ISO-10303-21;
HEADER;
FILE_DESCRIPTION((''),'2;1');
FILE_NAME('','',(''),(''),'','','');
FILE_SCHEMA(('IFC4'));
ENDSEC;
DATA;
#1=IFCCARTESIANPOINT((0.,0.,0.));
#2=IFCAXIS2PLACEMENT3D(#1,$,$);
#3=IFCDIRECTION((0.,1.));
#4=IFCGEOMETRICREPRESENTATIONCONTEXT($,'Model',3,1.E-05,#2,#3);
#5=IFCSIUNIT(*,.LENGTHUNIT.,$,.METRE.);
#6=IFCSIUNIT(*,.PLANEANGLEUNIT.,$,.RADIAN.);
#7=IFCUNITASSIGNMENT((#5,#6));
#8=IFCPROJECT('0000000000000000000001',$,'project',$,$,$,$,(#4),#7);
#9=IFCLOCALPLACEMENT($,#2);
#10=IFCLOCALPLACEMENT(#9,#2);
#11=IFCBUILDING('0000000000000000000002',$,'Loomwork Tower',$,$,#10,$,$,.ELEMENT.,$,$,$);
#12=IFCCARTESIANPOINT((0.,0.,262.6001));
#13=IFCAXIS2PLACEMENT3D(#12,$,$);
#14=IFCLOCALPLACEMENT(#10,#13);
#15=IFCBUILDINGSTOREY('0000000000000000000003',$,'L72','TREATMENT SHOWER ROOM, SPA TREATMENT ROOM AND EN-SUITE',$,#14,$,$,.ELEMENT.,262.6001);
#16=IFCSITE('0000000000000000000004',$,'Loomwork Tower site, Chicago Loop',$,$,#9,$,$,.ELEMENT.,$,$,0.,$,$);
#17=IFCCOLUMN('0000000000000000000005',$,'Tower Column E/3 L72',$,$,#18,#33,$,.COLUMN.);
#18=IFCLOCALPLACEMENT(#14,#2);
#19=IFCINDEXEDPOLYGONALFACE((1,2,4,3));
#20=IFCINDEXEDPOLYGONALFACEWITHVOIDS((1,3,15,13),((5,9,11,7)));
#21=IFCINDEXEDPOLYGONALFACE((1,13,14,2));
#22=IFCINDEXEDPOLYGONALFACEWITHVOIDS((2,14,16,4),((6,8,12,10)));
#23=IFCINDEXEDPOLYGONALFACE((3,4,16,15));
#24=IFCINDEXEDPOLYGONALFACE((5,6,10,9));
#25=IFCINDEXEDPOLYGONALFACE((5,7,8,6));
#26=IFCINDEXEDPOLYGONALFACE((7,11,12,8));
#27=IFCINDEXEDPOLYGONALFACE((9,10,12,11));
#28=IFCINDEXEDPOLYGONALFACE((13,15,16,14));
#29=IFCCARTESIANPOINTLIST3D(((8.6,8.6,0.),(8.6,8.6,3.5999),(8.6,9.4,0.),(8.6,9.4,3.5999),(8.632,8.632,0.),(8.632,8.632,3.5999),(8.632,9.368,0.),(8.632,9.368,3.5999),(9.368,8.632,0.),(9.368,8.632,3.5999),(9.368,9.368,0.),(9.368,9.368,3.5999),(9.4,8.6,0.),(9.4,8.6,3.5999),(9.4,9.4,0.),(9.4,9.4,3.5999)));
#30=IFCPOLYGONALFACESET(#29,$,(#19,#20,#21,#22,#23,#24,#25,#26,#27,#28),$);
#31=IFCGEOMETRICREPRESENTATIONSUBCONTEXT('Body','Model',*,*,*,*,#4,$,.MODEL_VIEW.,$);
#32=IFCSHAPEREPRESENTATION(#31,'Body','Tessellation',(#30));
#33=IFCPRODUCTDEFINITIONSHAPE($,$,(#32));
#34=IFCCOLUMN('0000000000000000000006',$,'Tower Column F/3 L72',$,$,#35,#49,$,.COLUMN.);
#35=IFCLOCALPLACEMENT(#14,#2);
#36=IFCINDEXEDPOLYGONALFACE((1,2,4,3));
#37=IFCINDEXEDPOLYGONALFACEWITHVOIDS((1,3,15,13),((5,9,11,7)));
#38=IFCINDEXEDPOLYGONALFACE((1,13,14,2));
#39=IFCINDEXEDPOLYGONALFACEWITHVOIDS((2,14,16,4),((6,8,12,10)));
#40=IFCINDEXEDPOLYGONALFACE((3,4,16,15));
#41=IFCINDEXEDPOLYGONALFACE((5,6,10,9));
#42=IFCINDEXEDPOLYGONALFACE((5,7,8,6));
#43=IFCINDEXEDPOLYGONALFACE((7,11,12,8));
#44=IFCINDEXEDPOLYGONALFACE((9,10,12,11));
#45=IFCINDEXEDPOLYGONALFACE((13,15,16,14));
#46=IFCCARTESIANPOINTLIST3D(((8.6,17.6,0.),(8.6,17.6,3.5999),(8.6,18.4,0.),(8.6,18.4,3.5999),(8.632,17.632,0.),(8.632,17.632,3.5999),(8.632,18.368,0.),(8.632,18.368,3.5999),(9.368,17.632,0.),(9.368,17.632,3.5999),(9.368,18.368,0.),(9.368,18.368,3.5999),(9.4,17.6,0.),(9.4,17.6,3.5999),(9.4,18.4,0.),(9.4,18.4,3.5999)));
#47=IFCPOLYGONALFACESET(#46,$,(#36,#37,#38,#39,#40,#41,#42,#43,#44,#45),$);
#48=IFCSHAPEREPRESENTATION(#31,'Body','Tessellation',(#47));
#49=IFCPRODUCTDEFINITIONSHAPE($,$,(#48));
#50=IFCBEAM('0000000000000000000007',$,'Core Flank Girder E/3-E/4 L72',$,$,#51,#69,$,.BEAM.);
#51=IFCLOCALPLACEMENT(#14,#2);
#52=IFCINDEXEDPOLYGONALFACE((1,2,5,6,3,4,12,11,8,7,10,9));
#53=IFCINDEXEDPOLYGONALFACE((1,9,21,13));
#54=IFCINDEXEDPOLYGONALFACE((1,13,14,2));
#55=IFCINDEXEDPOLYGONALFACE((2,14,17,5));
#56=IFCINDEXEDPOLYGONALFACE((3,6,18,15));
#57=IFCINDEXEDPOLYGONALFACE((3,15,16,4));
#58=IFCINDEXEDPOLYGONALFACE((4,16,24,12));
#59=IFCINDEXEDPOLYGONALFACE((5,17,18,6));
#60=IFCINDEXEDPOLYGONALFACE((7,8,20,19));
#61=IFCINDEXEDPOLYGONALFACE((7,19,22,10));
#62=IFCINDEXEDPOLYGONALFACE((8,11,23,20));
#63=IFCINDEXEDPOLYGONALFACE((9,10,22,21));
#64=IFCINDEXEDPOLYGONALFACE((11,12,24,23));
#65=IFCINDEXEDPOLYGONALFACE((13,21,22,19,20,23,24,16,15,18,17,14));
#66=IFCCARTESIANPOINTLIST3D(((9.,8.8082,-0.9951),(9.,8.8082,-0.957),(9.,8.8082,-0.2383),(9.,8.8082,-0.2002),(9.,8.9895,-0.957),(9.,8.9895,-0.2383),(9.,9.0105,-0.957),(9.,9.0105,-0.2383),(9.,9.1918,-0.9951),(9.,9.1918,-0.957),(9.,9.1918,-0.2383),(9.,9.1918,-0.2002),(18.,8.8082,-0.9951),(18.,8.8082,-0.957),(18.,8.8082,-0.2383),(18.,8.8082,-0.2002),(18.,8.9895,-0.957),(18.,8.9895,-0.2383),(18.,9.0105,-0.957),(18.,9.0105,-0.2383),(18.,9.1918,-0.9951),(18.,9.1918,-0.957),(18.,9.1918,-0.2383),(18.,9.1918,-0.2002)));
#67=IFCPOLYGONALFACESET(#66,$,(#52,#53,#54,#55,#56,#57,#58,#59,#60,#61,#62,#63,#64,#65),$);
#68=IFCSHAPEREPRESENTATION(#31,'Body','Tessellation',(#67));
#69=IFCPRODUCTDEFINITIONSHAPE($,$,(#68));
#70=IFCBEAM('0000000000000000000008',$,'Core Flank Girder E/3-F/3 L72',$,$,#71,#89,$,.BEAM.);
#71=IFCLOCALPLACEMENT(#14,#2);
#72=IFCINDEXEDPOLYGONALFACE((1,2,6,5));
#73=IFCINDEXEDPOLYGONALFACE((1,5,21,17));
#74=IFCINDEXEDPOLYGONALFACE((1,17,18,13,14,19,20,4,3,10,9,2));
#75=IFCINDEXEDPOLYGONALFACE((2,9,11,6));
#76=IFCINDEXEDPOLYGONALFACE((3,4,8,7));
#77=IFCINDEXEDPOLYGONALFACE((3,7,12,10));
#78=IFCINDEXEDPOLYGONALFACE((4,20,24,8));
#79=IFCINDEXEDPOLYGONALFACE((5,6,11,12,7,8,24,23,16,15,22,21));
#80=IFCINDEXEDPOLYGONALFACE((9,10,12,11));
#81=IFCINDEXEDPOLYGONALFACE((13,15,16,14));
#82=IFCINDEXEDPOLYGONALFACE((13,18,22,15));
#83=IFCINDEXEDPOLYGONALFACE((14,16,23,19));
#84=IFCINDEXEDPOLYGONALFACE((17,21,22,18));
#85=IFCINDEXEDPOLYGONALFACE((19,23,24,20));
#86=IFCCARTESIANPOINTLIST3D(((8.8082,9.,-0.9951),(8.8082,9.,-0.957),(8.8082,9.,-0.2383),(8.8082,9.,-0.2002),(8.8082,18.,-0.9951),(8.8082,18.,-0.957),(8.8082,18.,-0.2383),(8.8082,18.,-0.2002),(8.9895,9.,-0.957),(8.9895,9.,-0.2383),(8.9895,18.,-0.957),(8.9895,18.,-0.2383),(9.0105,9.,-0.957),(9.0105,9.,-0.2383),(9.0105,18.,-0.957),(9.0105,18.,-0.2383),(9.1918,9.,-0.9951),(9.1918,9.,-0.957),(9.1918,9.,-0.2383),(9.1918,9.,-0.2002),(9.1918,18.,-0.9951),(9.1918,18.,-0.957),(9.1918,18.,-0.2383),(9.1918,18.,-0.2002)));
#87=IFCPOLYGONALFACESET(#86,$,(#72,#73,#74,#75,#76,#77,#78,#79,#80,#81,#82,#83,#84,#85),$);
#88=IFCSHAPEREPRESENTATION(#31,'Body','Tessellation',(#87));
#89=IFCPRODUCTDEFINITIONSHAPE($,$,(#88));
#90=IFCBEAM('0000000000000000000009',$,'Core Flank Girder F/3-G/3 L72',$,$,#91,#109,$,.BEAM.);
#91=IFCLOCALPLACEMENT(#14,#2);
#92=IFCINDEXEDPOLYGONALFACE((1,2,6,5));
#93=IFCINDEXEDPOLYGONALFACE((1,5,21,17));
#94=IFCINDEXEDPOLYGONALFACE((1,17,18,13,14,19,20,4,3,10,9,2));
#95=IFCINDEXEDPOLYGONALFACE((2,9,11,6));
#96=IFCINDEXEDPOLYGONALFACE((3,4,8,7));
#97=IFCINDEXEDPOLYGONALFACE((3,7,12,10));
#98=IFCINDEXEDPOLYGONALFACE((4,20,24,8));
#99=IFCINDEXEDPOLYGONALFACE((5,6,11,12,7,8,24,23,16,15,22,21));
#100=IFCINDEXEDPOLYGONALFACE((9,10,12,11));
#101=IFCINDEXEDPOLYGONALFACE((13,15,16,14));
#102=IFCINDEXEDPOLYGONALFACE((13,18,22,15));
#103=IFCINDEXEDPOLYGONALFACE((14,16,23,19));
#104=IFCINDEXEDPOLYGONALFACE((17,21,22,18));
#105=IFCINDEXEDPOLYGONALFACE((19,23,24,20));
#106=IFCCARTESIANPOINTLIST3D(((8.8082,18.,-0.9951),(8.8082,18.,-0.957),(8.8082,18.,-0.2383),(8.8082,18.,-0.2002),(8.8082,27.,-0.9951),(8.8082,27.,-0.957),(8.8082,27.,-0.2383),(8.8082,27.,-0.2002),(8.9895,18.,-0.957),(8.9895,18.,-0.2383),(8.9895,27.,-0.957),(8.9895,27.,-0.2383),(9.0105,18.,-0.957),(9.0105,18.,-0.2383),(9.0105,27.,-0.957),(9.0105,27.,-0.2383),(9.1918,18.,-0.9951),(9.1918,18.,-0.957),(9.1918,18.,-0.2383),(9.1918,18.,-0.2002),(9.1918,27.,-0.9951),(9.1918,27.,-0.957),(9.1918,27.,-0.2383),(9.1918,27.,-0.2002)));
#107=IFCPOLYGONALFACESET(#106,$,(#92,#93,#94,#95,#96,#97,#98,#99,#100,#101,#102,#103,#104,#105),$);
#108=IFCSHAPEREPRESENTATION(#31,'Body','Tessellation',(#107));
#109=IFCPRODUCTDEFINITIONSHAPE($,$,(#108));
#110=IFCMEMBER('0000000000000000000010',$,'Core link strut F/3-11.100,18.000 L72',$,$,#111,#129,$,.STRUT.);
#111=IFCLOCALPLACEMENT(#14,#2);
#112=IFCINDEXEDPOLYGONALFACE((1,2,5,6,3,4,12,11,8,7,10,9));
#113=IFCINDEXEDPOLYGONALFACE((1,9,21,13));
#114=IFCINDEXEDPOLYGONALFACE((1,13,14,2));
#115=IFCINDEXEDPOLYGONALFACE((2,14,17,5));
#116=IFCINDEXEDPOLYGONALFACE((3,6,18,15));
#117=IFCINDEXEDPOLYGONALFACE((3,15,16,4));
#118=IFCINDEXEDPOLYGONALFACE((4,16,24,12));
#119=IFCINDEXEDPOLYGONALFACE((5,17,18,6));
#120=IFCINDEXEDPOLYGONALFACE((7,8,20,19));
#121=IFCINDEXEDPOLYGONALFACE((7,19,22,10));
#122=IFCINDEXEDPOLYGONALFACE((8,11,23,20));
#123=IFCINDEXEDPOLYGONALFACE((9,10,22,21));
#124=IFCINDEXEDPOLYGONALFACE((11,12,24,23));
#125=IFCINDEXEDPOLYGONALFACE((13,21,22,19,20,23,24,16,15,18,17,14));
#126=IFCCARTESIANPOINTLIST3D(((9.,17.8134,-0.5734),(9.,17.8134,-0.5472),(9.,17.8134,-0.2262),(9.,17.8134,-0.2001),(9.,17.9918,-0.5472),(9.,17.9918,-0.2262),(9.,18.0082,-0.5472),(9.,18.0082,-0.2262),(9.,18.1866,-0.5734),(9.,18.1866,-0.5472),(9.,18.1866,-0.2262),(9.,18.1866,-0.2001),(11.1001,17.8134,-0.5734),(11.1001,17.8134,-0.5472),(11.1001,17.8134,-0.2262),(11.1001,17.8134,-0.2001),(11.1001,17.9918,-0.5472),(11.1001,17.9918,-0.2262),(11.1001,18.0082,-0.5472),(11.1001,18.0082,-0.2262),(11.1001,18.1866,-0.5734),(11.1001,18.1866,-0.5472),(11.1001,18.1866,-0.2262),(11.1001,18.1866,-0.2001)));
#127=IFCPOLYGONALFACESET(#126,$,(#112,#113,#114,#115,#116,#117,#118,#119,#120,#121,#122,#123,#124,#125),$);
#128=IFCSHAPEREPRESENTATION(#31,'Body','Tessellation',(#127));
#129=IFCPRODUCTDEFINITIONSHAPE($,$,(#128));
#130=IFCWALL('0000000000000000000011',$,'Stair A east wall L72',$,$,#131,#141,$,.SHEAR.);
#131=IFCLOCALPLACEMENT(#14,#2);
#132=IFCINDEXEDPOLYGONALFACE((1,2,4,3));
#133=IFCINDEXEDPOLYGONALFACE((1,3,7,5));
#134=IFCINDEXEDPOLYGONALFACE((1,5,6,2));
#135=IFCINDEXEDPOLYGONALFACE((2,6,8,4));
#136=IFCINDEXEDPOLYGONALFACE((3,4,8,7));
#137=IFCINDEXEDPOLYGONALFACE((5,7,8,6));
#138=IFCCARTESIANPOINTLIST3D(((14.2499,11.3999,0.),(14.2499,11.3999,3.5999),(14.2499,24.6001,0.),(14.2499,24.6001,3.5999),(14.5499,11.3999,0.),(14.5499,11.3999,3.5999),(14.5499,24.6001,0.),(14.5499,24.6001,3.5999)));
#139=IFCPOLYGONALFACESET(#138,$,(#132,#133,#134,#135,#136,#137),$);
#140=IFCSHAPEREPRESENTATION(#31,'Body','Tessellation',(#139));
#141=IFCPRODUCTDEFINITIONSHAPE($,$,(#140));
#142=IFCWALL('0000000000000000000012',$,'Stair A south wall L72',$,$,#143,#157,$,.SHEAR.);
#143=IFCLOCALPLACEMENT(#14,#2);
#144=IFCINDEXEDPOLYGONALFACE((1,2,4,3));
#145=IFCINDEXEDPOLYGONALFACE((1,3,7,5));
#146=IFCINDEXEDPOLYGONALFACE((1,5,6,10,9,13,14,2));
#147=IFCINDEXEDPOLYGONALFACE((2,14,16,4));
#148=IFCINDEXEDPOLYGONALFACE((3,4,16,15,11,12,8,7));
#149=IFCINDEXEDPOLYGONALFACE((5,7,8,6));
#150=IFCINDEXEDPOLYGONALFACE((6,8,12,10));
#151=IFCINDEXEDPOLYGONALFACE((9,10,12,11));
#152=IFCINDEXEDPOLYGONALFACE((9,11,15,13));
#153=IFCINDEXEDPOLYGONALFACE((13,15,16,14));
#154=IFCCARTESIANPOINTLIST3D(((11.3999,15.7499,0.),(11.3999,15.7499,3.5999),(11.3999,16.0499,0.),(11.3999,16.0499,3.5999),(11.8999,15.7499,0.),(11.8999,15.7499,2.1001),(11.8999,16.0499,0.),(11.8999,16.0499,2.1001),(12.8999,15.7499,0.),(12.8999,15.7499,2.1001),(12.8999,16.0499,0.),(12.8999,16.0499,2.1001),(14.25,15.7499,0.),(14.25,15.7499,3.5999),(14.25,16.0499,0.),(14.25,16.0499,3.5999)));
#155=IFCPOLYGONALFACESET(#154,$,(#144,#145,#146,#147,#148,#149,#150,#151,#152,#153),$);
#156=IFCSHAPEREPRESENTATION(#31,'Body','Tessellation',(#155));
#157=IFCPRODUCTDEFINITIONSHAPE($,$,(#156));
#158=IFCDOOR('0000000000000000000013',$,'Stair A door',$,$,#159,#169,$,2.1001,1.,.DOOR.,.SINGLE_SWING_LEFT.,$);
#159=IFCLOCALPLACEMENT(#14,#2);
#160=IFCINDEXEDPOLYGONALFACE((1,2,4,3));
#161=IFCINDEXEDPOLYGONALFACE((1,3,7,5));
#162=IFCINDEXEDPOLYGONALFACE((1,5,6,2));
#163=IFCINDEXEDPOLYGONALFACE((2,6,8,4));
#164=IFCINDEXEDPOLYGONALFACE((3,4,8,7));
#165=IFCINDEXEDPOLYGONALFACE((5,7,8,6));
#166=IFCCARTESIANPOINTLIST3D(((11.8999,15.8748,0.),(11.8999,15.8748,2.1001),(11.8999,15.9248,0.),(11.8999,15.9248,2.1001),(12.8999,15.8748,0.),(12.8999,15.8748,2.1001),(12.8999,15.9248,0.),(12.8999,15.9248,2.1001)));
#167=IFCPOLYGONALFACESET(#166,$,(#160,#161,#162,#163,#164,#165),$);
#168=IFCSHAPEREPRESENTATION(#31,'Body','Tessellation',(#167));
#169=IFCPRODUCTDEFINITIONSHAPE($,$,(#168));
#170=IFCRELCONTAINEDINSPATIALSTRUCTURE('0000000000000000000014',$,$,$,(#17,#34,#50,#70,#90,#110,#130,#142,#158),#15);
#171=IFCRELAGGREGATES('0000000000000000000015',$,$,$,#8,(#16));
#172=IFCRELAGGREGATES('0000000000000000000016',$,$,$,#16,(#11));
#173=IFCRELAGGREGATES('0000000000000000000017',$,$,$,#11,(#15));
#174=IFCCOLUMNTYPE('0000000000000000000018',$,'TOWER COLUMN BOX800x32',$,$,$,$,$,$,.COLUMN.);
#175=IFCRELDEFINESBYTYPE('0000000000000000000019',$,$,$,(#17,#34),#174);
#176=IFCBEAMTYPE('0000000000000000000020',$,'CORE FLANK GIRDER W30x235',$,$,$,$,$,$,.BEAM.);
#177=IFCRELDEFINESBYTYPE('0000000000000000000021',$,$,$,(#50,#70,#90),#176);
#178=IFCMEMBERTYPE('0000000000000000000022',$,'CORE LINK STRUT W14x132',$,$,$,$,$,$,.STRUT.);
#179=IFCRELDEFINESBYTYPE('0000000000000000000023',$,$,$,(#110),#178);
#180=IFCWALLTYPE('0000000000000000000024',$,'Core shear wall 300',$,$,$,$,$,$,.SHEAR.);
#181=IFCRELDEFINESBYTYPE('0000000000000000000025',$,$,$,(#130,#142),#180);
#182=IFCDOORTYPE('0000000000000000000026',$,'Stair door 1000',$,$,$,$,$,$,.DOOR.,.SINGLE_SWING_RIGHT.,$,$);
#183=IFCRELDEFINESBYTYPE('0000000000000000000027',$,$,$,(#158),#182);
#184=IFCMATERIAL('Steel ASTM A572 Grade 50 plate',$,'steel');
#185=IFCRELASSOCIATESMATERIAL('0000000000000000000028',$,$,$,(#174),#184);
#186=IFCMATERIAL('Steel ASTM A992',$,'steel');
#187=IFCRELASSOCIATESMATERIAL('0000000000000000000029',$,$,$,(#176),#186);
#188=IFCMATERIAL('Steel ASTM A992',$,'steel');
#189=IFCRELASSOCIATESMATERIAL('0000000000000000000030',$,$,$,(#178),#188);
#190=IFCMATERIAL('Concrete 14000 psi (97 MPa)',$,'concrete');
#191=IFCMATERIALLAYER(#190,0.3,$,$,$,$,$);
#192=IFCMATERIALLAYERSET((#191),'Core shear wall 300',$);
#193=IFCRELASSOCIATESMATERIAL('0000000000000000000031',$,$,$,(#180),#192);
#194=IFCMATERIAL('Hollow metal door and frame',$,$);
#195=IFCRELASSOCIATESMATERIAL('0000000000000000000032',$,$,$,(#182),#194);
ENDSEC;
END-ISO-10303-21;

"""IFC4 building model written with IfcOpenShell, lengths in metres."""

from ifc_helpers import new_model, si_unit, direction, frame, frame_2d, origin, origin_2d, place, context, subcontext, project, spatial, rectangle, hollow_rectangle, i_section, extrude, material, layer, layer_set, material_profile, profile_set, type_object, element, fill, save


model = new_model("IFC4")

# Units and contexts
model_context = context("Model", 3, precision=1e-05, world=origin(), true_north=direction((0.0, 1.0)))
body_context = subcontext(model_context, "Body", "Model", "MODEL_VIEW")
ifc_project = project(units=[si_unit("LENGTHUNIT", "METRE"), si_unit("PLANEANGLEUNIT", "RADIAN")], contexts=[model_context])

# Site, building, storey
site_placement = place(None, origin())
site = spatial("IfcSite", under=ifc_project, at=site_placement, Name="Loomwork Tower site, Chicago Loop", CompositionType="ELEMENT", RefElevation=0.0)
building_placement = place(site_placement, origin())
building = spatial("IfcBuilding", under=site, at=building_placement, Name="Loomwork Tower", CompositionType="ELEMENT")
storey_placement = place(building_placement, frame((0.0, 0.0, 262.6001)))
storey = spatial("IfcBuildingStorey", under=building, at=storey_placement, Name="L72", Description="TREATMENT SHOWER ROOM, SPA TREATMENT ROOM AND EN-SUITE", CompositionType="ELEMENT", Elevation=262.6001)

# Columns
ifc_material_1 = material(Name="Steel ASTM A572 Grade 50 plate", Category="steel")
ifc_material_profile_1 = material_profile(ifc_material_1, hollow_rectangle(XDim=0.8, YDim=0.8, WallThickness=0.032, at=origin_2d()), Name="BOX800x32")
ifc_profile_set_1 = profile_set([ifc_material_profile_1], Name="Steel ASTM A572 Grade 50 plate")
column_type = type_object("IfcColumnType", Name="TOWER COLUMN BOX800x32", PredefinedType="COLUMN", material=ifc_profile_set_1)
for number, where, z_axis, x_axis, name in (
    (1, (9.0, 9.0, 0.0), (0.0, 0.0, 1.0), (1.0, 0.0, 0.0), "Tower Column E/3 L72"),
    (2, (9.0, 18.0, 0.0), (0.0, 0.0, 1.0), (1.0, 0.0, 0.0), "Tower Column F/3 L72"),
):
    element("IfcColumn", number, at=place(storey_placement, frame(where, z_axis=z_axis, x_axis=x_axis)), inside=storey, type_object=column_type, Name=name, PredefinedType="COLUMN", context=body_context, shape_type="SweptSolid", body=[
        extrude(hollow_rectangle(XDim=0.8, YDim=0.8, WallThickness=0.032, at=origin_2d()), origin(), (0.0, 0.0, 1.0), 3.5999),
    ])

# Beams
ifc_material_2 = material(Name="Steel ASTM A992", Category="steel")
ifc_material_profile_2 = material_profile(ifc_material_2, i_section(OverallWidth=0.3835, OverallDepth=0.7949, WebThickness=0.021, FlangeThickness=0.0381, at=origin_2d()), Name="W30x235")
ifc_profile_set_2 = profile_set([ifc_material_profile_2], Name="Steel ASTM A992")
beam_type = type_object("IfcBeamType", Name="CORE FLANK GIRDER W30x235", PredefinedType="BEAM", material=ifc_profile_set_2)
for number, where, z_axis, x_axis, name in (
    (3, (9.0, 9.0, -0.5977), (1.0, 0.0, 0.0), (0.0, 1.0, 0.0), "Core Flank Girder E/3-E/4 L72"),
    (4, (9.0, 9.0, -0.5977), (0.0, 1.0, 0.0), (-1.0, 0.0, 0.0), "Core Flank Girder E/3-F/3 L72"),
    (5, (9.0, 18.0, -0.5977), (0.0, 1.0, 0.0), (-1.0, 0.0, 0.0), "Core Flank Girder F/3-G/3 L72"),
):
    element("IfcBeam", number, at=place(storey_placement, frame(where, z_axis=z_axis, x_axis=x_axis)), inside=storey, type_object=beam_type, Name=name, PredefinedType="BEAM", context=body_context, shape_type="SweptSolid", body=[
        extrude(i_section(OverallWidth=0.3835, OverallDepth=0.7949, WebThickness=0.021, FlangeThickness=0.0381, at=origin_2d()), origin(), (0.0, 0.0, 1.0), 9.0),
    ])

# Member
ifc_material_3 = material(Name="Steel ASTM A992", Category="steel")
ifc_material_profile_3 = material_profile(ifc_material_3, i_section(OverallWidth=0.3733, OverallDepth=0.3733, WebThickness=0.0164, FlangeThickness=0.0261, at=origin_2d()), Name="W14x132")
ifc_profile_set_3 = profile_set([ifc_material_profile_3], Name="Steel ASTM A992")
member_type = type_object("IfcMemberType", Name="CORE LINK STRUT W14x132", PredefinedType="STRUT", material=ifc_profile_set_3)
member_placement = place(storey_placement, frame((9.0, 18.0, -0.3867), z_axis=(1.0, 0.0, 0.0), x_axis=(0.0, 1.0, 0.0)))
element("IfcMember", 6, at=member_placement, inside=storey, type_object=member_type, Name="Core link strut F/3-11.100,18.000 L72", PredefinedType="STRUT", context=body_context, shape_type="SweptSolid", body=[
    extrude(i_section(OverallWidth=0.3733, OverallDepth=0.3733, WebThickness=0.0164, FlangeThickness=0.0261, at=origin_2d()), origin(), (0.0, 0.0, 1.0), 2.1001),
])

# Wall
ifc_material_4 = material(Name="Concrete 14000 psi (97 MPa)", Category="concrete")
ifc_layer_1 = layer(ifc_material_4, 0.3)
ifc_layer_set_1 = layer_set([ifc_layer_1], Name="Core shear wall 300")
wall_type_1 = type_object("IfcWallType", Name="Core shear wall 300", PredefinedType="SHEAR", material=ifc_layer_set_1)
wall_1_placement = place(storey_placement, frame((14.3999, 11.3999, 0.0), z_axis=(0.0, 0.0, 1.0), x_axis=(0.0, 1.0, 0.0)))
element("IfcWall", 7, at=wall_1_placement, inside=storey, type_object=wall_type_1, Name="Stair A east wall L72", PredefinedType="SHEAR", context=body_context, shape_type="SweptSolid", body=[
    extrude(rectangle(XDim=13.2002, YDim=0.3, at=frame_2d((6.6001, 0.0))), origin(), (0.0, 0.0, 1.0), 3.5999),
])

# Wall, opening, door
wall_2_placement = place(storey_placement, frame((11.3999, 15.8999, 0.0), z_axis=(0.0, 0.0, 1.0), x_axis=(1.0, 0.0, 0.0)))
wall_2 = element("IfcWall", 8, at=wall_2_placement, inside=storey, type_object=wall_type_1, Name="Stair A south wall L72", PredefinedType="SHEAR", context=body_context, shape_type="SweptSolid", body=[
    extrude(rectangle(XDim=2.8501, YDim=0.3, at=frame_2d((1.425, 0.0))), origin(), (0.0, 0.0, 1.0), 3.5999),
])
opening_1_placement = place(wall_2_placement, frame((0.5, 0.0, 0.0)))
opening_1 = element("IfcOpeningElement", 9, at=opening_1_placement, cuts=wall_2, PredefinedType="OPENING", context=body_context, shape_type="SweptSolid", body=[
    extrude(rectangle(XDim=1.0, YDim=2.1001, at=frame_2d((0.5, 1.05))), frame((0.0, 0.1599, 0.0), z_axis=(0.0, -1.0, 0.0), x_axis=(1.0, 0.0, 0.0)), (0.0, 0.0, 1.0), 0.3201),
])
ifc_material_5 = material(Name="Hollow metal door and frame")
door_type_1 = type_object("IfcDoorType", Name="Stair door 1000", OperationType="SINGLE_SWING_RIGHT", PredefinedType="DOOR", material=ifc_material_5)
door_1_placement = place(opening_1_placement, origin())
door_1 = element("IfcDoor", 10, at=door_1_placement, inside=storey, type_object=door_type_1, Name="Stair A door", OperationType="SINGLE_SWING_LEFT", OverallHeight=2.1001, OverallWidth=1.0, PredefinedType="DOOR", context=body_context, shape_type="SweptSolid", body=[
    extrude(rectangle(XDim=1.0, YDim=2.1001, at=frame_2d((0.5, 1.05))), frame((0.0, 0.0249, 0.0), z_axis=(0.0, -1.0, 0.0), x_axis=(1.0, 0.0, 0.0)), (0.0, 0.0, 1.0), 0.05),
])
fill(opening_1, door_1)

save(model, "model.ifc")
